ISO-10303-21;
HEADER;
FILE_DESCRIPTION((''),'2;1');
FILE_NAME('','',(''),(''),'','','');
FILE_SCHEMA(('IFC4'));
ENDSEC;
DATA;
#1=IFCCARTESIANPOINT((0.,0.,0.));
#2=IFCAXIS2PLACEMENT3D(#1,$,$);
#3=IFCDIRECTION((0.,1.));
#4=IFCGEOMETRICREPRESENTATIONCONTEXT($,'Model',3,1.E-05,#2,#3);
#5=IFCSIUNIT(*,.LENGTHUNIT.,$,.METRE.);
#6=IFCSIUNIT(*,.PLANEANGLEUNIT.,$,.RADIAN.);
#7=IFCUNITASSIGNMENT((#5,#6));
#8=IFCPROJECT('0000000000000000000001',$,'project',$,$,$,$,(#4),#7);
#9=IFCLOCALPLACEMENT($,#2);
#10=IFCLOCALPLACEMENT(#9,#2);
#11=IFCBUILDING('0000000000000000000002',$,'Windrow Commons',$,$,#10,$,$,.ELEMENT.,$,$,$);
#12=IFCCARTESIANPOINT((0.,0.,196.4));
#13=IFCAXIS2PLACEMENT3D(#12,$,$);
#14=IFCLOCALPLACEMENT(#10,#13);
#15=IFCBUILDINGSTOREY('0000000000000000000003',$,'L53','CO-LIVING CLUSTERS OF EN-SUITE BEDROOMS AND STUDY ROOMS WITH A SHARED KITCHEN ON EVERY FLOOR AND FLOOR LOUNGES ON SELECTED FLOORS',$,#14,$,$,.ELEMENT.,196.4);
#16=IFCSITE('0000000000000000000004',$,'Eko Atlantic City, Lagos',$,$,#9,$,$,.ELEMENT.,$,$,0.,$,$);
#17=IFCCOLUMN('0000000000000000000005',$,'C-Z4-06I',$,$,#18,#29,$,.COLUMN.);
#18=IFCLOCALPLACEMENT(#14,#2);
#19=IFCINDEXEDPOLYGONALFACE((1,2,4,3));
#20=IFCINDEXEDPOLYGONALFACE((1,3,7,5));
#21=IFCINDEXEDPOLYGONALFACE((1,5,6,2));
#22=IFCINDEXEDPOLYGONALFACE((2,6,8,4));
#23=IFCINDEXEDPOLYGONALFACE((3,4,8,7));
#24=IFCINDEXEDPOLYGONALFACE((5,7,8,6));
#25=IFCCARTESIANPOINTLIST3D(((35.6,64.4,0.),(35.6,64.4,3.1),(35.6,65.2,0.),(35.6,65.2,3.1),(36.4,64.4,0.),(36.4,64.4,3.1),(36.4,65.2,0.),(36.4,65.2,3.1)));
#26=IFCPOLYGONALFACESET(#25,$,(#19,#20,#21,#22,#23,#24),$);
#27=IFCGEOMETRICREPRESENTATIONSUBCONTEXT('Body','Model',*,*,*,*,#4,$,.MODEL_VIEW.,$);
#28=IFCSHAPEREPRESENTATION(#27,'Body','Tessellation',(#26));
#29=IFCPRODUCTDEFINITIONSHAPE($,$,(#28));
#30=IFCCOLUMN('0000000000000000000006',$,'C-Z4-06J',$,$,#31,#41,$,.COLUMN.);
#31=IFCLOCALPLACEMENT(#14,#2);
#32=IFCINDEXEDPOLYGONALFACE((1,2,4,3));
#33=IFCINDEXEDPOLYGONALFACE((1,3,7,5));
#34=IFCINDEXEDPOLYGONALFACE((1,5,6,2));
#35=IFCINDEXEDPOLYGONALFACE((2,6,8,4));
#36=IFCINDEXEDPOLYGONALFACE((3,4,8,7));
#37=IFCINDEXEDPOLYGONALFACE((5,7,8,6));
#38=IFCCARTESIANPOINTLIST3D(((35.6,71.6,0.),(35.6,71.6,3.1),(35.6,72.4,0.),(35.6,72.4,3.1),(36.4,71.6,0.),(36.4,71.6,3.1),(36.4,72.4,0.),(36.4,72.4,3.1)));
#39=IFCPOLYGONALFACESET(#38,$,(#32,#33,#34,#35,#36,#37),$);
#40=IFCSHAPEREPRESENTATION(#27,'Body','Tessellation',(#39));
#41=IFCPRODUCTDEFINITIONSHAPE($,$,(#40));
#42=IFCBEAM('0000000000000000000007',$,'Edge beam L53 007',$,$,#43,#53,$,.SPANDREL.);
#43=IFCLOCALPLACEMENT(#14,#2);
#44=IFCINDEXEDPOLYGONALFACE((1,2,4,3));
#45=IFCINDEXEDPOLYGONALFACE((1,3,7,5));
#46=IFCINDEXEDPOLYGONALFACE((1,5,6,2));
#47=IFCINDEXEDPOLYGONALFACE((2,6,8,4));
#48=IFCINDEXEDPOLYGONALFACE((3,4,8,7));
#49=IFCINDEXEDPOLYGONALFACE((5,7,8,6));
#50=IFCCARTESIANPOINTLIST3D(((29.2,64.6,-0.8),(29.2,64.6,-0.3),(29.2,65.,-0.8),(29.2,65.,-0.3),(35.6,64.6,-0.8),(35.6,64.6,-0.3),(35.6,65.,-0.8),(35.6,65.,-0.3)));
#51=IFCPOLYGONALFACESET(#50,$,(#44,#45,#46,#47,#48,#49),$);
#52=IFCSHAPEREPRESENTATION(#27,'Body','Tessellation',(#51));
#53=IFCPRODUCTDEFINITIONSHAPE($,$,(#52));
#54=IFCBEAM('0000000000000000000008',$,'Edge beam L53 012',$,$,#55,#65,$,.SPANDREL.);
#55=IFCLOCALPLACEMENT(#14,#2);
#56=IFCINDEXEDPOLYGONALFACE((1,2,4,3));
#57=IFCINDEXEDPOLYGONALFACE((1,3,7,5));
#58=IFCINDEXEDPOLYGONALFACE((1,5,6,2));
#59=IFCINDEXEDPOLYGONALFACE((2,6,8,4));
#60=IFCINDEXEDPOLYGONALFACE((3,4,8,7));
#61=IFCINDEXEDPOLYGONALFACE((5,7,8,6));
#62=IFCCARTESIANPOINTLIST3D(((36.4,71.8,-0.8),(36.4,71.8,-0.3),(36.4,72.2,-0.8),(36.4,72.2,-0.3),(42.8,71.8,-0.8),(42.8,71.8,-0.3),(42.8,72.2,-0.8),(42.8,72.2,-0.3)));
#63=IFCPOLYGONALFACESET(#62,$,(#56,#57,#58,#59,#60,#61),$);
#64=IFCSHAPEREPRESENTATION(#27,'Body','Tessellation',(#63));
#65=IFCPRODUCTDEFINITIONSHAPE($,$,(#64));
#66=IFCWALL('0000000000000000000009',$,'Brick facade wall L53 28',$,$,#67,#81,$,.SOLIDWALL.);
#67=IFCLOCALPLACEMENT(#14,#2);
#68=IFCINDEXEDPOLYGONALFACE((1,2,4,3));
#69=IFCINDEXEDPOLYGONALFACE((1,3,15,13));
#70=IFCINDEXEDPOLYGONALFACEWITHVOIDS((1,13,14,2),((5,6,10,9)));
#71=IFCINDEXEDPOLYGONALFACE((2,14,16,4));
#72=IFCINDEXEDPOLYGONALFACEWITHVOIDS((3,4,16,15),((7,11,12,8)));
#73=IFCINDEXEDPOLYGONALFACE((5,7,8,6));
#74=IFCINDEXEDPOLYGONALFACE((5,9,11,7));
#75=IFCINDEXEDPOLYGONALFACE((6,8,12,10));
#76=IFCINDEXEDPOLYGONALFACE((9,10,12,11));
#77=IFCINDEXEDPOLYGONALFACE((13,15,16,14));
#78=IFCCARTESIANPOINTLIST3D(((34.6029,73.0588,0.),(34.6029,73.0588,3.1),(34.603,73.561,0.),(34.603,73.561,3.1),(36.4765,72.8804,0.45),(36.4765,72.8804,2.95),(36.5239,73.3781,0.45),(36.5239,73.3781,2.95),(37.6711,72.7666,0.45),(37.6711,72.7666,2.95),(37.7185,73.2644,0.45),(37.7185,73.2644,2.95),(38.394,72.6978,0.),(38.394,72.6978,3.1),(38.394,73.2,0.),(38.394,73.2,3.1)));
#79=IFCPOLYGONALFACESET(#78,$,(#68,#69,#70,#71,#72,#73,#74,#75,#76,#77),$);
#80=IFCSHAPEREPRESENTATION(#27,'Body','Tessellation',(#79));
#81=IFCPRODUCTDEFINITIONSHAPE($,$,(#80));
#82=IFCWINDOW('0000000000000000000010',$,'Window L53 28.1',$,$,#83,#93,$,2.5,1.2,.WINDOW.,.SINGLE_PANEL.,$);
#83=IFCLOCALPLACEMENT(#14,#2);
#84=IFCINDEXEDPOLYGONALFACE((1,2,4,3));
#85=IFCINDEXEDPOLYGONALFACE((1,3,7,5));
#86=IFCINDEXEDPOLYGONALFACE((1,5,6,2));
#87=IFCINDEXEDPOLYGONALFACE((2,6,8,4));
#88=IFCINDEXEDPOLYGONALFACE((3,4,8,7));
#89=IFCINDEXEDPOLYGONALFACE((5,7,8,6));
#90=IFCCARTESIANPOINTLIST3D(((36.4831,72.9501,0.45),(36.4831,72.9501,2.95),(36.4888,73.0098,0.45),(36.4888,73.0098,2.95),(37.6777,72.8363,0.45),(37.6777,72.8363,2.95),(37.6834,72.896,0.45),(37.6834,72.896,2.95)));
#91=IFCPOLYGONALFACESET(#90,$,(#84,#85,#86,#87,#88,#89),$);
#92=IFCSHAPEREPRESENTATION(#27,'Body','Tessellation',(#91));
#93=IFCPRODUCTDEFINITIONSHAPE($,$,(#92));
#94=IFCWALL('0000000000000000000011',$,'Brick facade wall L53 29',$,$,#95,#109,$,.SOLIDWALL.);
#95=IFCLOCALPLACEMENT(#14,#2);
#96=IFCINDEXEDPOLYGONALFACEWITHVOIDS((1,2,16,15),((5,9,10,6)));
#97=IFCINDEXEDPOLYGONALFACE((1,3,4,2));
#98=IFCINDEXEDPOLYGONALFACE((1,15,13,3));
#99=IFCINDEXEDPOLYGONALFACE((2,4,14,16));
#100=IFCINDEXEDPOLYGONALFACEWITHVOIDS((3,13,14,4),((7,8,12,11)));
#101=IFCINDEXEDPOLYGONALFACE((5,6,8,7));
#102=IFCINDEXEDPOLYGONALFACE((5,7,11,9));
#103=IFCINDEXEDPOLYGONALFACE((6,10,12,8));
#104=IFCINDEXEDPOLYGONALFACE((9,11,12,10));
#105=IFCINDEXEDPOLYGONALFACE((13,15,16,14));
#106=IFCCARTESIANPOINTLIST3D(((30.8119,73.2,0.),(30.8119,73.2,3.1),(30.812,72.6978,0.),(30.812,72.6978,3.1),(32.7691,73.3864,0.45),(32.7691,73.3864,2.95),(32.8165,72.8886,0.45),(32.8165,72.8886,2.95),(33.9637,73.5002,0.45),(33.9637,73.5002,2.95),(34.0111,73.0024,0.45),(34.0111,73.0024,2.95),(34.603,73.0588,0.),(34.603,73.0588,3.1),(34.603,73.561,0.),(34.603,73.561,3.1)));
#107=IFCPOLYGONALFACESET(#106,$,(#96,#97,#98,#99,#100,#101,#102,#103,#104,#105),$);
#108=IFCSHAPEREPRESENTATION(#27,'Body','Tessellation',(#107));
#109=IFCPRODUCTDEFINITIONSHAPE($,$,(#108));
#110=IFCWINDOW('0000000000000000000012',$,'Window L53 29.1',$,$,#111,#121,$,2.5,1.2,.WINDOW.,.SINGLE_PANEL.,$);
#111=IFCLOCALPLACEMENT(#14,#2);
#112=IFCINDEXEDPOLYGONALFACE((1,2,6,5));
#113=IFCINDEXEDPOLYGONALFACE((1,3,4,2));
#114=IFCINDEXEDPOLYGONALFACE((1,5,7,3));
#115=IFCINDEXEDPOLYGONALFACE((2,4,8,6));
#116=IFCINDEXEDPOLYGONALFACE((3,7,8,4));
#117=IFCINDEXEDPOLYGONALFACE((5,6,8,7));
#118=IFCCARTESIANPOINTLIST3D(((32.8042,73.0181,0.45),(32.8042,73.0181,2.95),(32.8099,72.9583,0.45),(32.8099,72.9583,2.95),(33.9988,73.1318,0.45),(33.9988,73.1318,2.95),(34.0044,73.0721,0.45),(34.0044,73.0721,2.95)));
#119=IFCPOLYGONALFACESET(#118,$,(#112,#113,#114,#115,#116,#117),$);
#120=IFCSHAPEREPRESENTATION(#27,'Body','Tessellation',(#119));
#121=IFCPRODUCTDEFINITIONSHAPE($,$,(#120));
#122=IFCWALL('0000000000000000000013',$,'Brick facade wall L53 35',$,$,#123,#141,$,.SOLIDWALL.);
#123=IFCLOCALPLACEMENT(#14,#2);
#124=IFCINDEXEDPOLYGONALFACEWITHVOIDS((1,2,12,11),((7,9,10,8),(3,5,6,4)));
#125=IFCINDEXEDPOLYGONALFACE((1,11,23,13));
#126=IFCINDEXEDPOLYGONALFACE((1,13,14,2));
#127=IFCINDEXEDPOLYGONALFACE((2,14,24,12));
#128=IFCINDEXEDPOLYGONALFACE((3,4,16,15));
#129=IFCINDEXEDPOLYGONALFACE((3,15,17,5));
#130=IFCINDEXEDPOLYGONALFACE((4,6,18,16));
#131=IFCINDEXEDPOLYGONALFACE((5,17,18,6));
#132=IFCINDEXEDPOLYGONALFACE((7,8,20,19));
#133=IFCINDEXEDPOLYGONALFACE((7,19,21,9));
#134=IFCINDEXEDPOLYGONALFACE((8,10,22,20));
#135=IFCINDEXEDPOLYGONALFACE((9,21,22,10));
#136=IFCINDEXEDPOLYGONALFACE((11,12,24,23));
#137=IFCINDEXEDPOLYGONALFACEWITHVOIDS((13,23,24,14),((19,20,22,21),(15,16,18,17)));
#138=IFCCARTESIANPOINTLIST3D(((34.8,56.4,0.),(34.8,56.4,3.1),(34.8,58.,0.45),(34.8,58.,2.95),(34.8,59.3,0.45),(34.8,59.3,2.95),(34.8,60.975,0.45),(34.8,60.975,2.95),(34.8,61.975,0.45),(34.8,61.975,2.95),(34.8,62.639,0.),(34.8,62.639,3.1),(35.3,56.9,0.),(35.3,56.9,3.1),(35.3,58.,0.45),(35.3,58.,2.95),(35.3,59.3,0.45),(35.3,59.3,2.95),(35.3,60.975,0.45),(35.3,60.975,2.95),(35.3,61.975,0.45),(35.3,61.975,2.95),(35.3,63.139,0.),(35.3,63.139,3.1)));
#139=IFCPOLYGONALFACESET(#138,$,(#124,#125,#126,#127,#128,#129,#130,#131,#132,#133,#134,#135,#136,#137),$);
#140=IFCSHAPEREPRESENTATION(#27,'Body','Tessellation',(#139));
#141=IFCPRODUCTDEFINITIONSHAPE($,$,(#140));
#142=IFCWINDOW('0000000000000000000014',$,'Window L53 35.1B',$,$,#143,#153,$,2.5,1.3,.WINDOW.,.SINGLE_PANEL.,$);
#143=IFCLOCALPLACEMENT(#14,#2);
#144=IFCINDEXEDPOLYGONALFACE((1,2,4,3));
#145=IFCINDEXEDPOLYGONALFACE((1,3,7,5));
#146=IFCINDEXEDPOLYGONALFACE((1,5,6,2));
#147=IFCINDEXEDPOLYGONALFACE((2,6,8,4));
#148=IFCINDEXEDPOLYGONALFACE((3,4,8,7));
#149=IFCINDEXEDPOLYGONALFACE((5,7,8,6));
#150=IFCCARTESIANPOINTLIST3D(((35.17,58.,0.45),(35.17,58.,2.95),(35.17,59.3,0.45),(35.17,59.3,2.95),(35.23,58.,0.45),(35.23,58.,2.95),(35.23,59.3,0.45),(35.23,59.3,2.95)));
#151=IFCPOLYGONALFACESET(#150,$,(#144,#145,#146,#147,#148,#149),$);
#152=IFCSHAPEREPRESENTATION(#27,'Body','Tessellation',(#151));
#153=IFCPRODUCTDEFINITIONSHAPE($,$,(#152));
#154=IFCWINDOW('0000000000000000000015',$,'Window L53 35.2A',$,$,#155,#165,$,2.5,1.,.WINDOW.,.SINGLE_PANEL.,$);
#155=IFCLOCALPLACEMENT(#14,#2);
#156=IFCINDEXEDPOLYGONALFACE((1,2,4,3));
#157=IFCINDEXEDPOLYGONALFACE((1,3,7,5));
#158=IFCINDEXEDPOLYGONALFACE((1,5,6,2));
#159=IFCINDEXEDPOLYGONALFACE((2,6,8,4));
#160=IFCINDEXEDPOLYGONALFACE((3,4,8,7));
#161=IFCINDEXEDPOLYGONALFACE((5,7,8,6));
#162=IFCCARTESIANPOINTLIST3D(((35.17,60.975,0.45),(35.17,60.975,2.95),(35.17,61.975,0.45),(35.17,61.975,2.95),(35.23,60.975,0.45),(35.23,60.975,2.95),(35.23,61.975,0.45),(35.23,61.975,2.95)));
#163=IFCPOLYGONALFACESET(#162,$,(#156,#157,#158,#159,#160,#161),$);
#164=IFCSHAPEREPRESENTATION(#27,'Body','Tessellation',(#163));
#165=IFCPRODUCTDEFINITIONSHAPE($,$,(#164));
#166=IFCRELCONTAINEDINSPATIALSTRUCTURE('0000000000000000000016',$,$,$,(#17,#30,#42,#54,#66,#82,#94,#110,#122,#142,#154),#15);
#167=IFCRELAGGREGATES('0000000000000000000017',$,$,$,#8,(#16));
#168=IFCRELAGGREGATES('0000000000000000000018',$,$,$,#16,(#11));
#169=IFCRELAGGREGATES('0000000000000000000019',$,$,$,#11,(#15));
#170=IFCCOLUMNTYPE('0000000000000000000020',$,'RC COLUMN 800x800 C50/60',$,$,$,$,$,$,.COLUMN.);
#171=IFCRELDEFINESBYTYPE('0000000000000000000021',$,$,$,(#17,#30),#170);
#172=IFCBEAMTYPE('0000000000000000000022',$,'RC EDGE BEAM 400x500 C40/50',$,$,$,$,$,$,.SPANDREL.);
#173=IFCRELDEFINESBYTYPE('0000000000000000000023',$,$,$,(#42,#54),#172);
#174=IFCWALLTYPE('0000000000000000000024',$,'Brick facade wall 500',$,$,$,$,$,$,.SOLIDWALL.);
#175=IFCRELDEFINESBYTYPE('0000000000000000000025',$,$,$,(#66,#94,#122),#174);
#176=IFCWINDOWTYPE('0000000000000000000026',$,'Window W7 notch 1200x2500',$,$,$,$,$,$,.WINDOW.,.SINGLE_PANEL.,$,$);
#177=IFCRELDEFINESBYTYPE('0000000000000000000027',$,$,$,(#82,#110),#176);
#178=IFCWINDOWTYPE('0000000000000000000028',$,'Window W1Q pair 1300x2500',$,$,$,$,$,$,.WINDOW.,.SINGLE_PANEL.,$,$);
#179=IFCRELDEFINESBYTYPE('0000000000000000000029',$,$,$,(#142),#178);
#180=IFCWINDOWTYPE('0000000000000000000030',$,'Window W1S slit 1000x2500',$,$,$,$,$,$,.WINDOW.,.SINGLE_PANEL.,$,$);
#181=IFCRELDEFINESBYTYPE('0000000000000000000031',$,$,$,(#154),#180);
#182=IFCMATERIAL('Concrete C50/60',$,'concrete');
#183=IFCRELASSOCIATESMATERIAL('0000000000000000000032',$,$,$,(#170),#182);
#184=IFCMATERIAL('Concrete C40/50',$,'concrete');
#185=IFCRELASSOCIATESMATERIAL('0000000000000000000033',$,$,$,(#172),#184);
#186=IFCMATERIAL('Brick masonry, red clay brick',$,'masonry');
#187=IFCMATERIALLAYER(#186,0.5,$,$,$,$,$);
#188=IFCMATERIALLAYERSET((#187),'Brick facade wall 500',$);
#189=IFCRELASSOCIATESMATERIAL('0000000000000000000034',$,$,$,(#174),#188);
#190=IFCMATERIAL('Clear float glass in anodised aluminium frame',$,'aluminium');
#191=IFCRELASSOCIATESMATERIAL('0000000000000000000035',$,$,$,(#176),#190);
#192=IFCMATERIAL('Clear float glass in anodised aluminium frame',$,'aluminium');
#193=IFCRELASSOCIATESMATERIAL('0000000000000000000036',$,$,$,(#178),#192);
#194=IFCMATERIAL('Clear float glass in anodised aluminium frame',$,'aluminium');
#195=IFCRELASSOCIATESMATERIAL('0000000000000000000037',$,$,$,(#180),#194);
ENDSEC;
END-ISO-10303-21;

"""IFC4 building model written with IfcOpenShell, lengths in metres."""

from ifc_helpers import new_model, si_unit, direction, frame, frame_2d, origin, origin_2d, place, context, subcontext, project, spatial, polyline, rectangle, outline, extrude, material, layer, layer_set, material_profile, profile_set, type_object, element, fill, save


model = new_model("IFC4")

# Units and contexts
model_context = context("Model", 3, precision=1e-05, world=origin(), true_north=direction((0.0, 1.0)))
body_context = subcontext(model_context, "Body", "Model", "MODEL_VIEW")
ifc_project = project(units=[si_unit("LENGTHUNIT", "METRE"), si_unit("PLANEANGLEUNIT", "RADIAN")], contexts=[model_context])

# Site, building, storey
site_placement = place(None, origin())
site = spatial("IfcSite", under=ifc_project, at=site_placement, Name="Eko Atlantic City, Lagos", CompositionType="ELEMENT", RefElevation=0.0)
building_placement = place(site_placement, origin())
building = spatial("IfcBuilding", under=site, at=building_placement, Name="Windrow Commons", CompositionType="ELEMENT")
storey_placement = place(building_placement, frame((0.0, 0.0, 196.4)))
storey = spatial("IfcBuildingStorey", under=building, at=storey_placement, Name="L53", Description="CO-LIVING CLUSTERS OF EN-SUITE BEDROOMS AND STUDY ROOMS WITH A SHARED KITCHEN ON EVERY FLOOR AND FLOOR LOUNGES ON SELECTED FLOORS", CompositionType="ELEMENT", Elevation=196.4)

# Columns
ifc_material_1 = material(Name="Concrete C50/60", Category="concrete")
ifc_material_profile_1 = material_profile(ifc_material_1, rectangle(XDim=0.8, YDim=0.8, at=origin_2d()))
ifc_profile_set_1 = profile_set([ifc_material_profile_1], Name="Concrete C50/60")
column_type = type_object("IfcColumnType", Name="RC COLUMN 800x800 C50/60", PredefinedType="COLUMN", material=ifc_profile_set_1)
for number, where, z_axis, x_axis, name in (
    (1, (36.0, 64.8, 0.0), (0.0, 0.0, 1.0), (1.0, 0.0, 0.0), "C-Z4-06I"),
    (2, (36.0, 72.0, 0.0), (0.0, 0.0, 1.0), (1.0, 0.0, 0.0), "C-Z4-06J"),
):
    element("IfcColumn", number, at=place(storey_placement, frame(where, z_axis=z_axis, x_axis=x_axis)), inside=storey, type_object=column_type, Name=name, PredefinedType="COLUMN", context=body_context, shape_type="SweptSolid", body=[
        extrude(rectangle(XDim=0.8, YDim=0.8, at=origin_2d()), origin(), (0.0, 0.0, 1.0), 3.1),
    ])

# Beams
ifc_material_2 = material(Name="Concrete C40/50", Category="concrete")
ifc_material_profile_2 = material_profile(ifc_material_2, rectangle(XDim=0.4, YDim=0.5, at=origin_2d()))
ifc_profile_set_2 = profile_set([ifc_material_profile_2], Name="Concrete C40/50")
beam_type = type_object("IfcBeamType", Name="RC EDGE BEAM 400x500 C40/50", PredefinedType="SPANDREL", material=ifc_profile_set_2)
for number, where, z_axis, x_axis, name in (
    (3, (35.6, 64.8, -0.55), (-1.0, 0.0, 0.0), (0.0, -1.0, 0.0), "Edge beam L53 007"),
    (4, (36.4, 72.0, -0.55), (1.0, 0.0, 0.0), (0.0, 1.0, 0.0), "Edge beam L53 012"),
):
    element("IfcBeam", number, at=place(storey_placement, frame(where, z_axis=z_axis, x_axis=x_axis)), inside=storey, type_object=beam_type, Name=name, PredefinedType="SPANDREL", context=body_context, shape_type="SweptSolid", body=[
        extrude(rectangle(XDim=0.4, YDim=0.5, at=origin_2d()), origin(), (0.0, 0.0, 1.0), 6.4),
    ])

# Walls, openings, windows
ifc_material_3 = material(Name="Brick masonry, red clay brick", Category="masonry")
ifc_layer_1 = layer(ifc_material_3, 0.5)
ifc_layer_set_1 = layer_set([ifc_layer_1], Name="Brick facade wall 500")
wall_type_1 = type_object("IfcWallType", Name="Brick facade wall 500", PredefinedType="SOLIDWALL", material=ifc_layer_set_1)
wall_1_placement = place(storey_placement, frame((38.394, 72.9489, 0.0), z_axis=(0.0, 0.0, 1.0), x_axis=(-0.995497, 0.094797, 0.0)))
wall_1 = element("IfcWall", 5, at=wall_1_placement, inside=storey, type_object=wall_type_1, Name="Brick facade wall L53 28", PredefinedType="SOLIDWALL", context=body_context, shape_type="SweptSolid", body=[
    extrude(outline(polyline([(0.0238, -0.25), (3.832, -0.25), (3.7844, 0.25), (-0.0238, 0.25), (0.0238, -0.25)])), origin(), (0.0, 0.0, 1.0), 3.1),
])
opening_1_placement = place(wall_1_placement, frame((0.7024, 0.0, 0.45)))
opening_1 = element("IfcOpeningElement", 6, at=opening_1_placement, cuts=wall_1, PredefinedType="OPENING", context=body_context, shape_type="SweptSolid", body=[
    extrude(rectangle(XDim=1.2, YDim=2.5, at=frame_2d((0.6, 1.25))), frame((0.0, 0.26, 0.0), z_axis=(0.0, -1.0, 0.0), x_axis=(1.0, 0.0, 0.0)), (0.0, 0.0, 1.0), 0.52),
])
ifc_material_4 = material(Name="Clear float glass in anodised aluminium frame", Category="aluminium")
window_type_1 = type_object("IfcWindowType", Name="Window W7 notch 1200x2500", PartitioningType="SINGLE_PANEL", PredefinedType="WINDOW", material=ifc_material_4)
window_1_placement = place(opening_1_placement, origin())
window_1 = element("IfcWindow", 7, at=window_1_placement, inside=storey, type_object=window_type_1, Name="Window L53 28.1", OverallHeight=2.5, OverallWidth=1.2, PartitioningType="SINGLE_PANEL", PredefinedType="WINDOW", context=body_context, shape_type="SweptSolid", body=[
    extrude(rectangle(XDim=1.2, YDim=2.5, at=frame_2d((0.6, 1.25))), frame((0.0, 0.18, 0.0), z_axis=(0.0, -1.0, 0.0), x_axis=(1.0, 0.0, 0.0)), (0.0, 0.0, 1.0), 0.06),
])
fill(opening_1, window_1)
wall_2_placement = place(storey_placement, frame((34.603, 73.3099, 0.0), z_axis=(0.0, 0.0, 1.0), x_axis=(-0.995497, -0.094797, 0.0)))
wall_2 = element("IfcWall", 8, at=wall_2_placement, inside=storey, type_object=wall_type_1, Name="Brick facade wall L53 29", PredefinedType="SOLIDWALL", context=body_context, shape_type="SweptSolid", body=[
    extrude(outline(polyline([(-0.0238, -0.25), (3.7844, -0.25), (3.832, 0.25), (0.0238, 0.25), (-0.0238, -0.25)])), origin(), (0.0, 0.0, 1.0), 3.1),
])
opening_2_placement = place(wall_2_placement, frame((0.6184, 0.0, 0.45)))
opening_2 = element("IfcOpeningElement", 9, at=opening_2_placement, cuts=wall_2, PredefinedType="OPENING", context=body_context, shape_type="SweptSolid", body=[
    extrude(rectangle(XDim=1.2, YDim=2.5, at=frame_2d((0.6, 1.25))), frame((0.0, 0.26, 0.0), z_axis=(0.0, -1.0, 0.0), x_axis=(1.0, 0.0, 0.0)), (0.0, 0.0, 1.0), 0.52),
])
window_2_placement = place(opening_2_placement, origin())
window_2 = element("IfcWindow", 10, at=window_2_placement, inside=storey, type_object=window_type_1, Name="Window L53 29.1", OverallHeight=2.5, OverallWidth=1.2, PartitioningType="SINGLE_PANEL", PredefinedType="WINDOW", context=body_context, shape_type="SweptSolid", body=[
    extrude(rectangle(XDim=1.2, YDim=2.5, at=frame_2d((0.6, 1.25))), frame((0.0, 0.18, 0.0), z_axis=(0.0, -1.0, 0.0), x_axis=(1.0, 0.0, 0.0)), (0.0, 0.0, 1.0), 0.06),
])
fill(opening_2, window_2)

# Wall, openings, windows
wall_3_placement = place(storey_placement, frame((35.05, 62.889, 0.0), z_axis=(0.0, 0.0, 1.0), x_axis=(0.0, -1.0, 0.0)))
wall_3 = element("IfcWall", 11, at=wall_3_placement, inside=storey, type_object=wall_type_1, Name="Brick facade wall L53 35", PredefinedType="SOLIDWALL", context=body_context, shape_type="SweptSolid", body=[
    extrude(outline(polyline([(0.25, -0.25), (6.489, -0.25), (5.989, 0.25), (-0.25, 0.25), (0.25, -0.25)])), origin(), (0.0, 0.0, 1.0), 3.1),
])
opening_3_placement = place(wall_3_placement, frame((3.589, 0.0, 0.45)))
opening_3 = element("IfcOpeningElement", 12, at=opening_3_placement, cuts=wall_3, PredefinedType="OPENING", context=body_context, shape_type="SweptSolid", body=[
    extrude(rectangle(XDim=1.3, YDim=2.5, at=frame_2d((0.65, 1.25))), frame((0.0, 0.26, 0.0), z_axis=(0.0, -1.0, 0.0), x_axis=(1.0, 0.0, 0.0)), (0.0, 0.0, 1.0), 0.52),
])
opening_4_placement = place(wall_3_placement, frame((0.914, 0.0, 0.45)))
opening_4 = element("IfcOpeningElement", 13, at=opening_4_placement, cuts=wall_3, PredefinedType="OPENING", context=body_context, shape_type="SweptSolid", body=[
    extrude(rectangle(XDim=1.0, YDim=2.5, at=frame_2d((0.5, 1.25))), frame((0.0, 0.26, 0.0), z_axis=(0.0, -1.0, 0.0), x_axis=(1.0, 0.0, 0.0)), (0.0, 0.0, 1.0), 0.52),
])
ifc_material_5 = material(Name="Clear float glass in anodised aluminium frame", Category="aluminium")
window_type_2 = type_object("IfcWindowType", Name="Window W1Q pair 1300x2500", PartitioningType="SINGLE_PANEL", PredefinedType="WINDOW", material=ifc_material_5)
window_3_placement = place(opening_3_placement, origin())
window_3 = element("IfcWindow", 14, at=window_3_placement, inside=storey, type_object=window_type_2, Name="Window L53 35.1B", OverallHeight=2.5, OverallWidth=1.3, PartitioningType="SINGLE_PANEL", PredefinedType="WINDOW", context=body_context, shape_type="SweptSolid", body=[
    extrude(rectangle(XDim=1.3, YDim=2.5, at=frame_2d((0.65, 1.25))), frame((0.0, 0.18, 0.0), z_axis=(0.0, -1.0, 0.0), x_axis=(1.0, 0.0, 0.0)), (0.0, 0.0, 1.0), 0.06),
])
fill(opening_3, window_3)
ifc_material_6 = material(Name="Clear float glass in anodised aluminium frame", Category="aluminium")
window_type_3 = type_object("IfcWindowType", Name="Window W1S slit 1000x2500", PartitioningType="SINGLE_PANEL", PredefinedType="WINDOW", material=ifc_material_6)
window_4_placement = place(opening_4_placement, origin())
window_4 = element("IfcWindow", 15, at=window_4_placement, inside=storey, type_object=window_type_3, Name="Window L53 35.2A", OverallHeight=2.5, OverallWidth=1.0, PartitioningType="SINGLE_PANEL", PredefinedType="WINDOW", context=body_context, shape_type="SweptSolid", body=[
    extrude(rectangle(XDim=1.0, YDim=2.5, at=frame_2d((0.5, 1.25))), frame((0.0, 0.18, 0.0), z_axis=(0.0, -1.0, 0.0), x_axis=(1.0, 0.0, 0.0)), (0.0, 0.0, 1.0), 0.06),
])
fill(opening_4, window_4)

save(model, "model.ifc")
